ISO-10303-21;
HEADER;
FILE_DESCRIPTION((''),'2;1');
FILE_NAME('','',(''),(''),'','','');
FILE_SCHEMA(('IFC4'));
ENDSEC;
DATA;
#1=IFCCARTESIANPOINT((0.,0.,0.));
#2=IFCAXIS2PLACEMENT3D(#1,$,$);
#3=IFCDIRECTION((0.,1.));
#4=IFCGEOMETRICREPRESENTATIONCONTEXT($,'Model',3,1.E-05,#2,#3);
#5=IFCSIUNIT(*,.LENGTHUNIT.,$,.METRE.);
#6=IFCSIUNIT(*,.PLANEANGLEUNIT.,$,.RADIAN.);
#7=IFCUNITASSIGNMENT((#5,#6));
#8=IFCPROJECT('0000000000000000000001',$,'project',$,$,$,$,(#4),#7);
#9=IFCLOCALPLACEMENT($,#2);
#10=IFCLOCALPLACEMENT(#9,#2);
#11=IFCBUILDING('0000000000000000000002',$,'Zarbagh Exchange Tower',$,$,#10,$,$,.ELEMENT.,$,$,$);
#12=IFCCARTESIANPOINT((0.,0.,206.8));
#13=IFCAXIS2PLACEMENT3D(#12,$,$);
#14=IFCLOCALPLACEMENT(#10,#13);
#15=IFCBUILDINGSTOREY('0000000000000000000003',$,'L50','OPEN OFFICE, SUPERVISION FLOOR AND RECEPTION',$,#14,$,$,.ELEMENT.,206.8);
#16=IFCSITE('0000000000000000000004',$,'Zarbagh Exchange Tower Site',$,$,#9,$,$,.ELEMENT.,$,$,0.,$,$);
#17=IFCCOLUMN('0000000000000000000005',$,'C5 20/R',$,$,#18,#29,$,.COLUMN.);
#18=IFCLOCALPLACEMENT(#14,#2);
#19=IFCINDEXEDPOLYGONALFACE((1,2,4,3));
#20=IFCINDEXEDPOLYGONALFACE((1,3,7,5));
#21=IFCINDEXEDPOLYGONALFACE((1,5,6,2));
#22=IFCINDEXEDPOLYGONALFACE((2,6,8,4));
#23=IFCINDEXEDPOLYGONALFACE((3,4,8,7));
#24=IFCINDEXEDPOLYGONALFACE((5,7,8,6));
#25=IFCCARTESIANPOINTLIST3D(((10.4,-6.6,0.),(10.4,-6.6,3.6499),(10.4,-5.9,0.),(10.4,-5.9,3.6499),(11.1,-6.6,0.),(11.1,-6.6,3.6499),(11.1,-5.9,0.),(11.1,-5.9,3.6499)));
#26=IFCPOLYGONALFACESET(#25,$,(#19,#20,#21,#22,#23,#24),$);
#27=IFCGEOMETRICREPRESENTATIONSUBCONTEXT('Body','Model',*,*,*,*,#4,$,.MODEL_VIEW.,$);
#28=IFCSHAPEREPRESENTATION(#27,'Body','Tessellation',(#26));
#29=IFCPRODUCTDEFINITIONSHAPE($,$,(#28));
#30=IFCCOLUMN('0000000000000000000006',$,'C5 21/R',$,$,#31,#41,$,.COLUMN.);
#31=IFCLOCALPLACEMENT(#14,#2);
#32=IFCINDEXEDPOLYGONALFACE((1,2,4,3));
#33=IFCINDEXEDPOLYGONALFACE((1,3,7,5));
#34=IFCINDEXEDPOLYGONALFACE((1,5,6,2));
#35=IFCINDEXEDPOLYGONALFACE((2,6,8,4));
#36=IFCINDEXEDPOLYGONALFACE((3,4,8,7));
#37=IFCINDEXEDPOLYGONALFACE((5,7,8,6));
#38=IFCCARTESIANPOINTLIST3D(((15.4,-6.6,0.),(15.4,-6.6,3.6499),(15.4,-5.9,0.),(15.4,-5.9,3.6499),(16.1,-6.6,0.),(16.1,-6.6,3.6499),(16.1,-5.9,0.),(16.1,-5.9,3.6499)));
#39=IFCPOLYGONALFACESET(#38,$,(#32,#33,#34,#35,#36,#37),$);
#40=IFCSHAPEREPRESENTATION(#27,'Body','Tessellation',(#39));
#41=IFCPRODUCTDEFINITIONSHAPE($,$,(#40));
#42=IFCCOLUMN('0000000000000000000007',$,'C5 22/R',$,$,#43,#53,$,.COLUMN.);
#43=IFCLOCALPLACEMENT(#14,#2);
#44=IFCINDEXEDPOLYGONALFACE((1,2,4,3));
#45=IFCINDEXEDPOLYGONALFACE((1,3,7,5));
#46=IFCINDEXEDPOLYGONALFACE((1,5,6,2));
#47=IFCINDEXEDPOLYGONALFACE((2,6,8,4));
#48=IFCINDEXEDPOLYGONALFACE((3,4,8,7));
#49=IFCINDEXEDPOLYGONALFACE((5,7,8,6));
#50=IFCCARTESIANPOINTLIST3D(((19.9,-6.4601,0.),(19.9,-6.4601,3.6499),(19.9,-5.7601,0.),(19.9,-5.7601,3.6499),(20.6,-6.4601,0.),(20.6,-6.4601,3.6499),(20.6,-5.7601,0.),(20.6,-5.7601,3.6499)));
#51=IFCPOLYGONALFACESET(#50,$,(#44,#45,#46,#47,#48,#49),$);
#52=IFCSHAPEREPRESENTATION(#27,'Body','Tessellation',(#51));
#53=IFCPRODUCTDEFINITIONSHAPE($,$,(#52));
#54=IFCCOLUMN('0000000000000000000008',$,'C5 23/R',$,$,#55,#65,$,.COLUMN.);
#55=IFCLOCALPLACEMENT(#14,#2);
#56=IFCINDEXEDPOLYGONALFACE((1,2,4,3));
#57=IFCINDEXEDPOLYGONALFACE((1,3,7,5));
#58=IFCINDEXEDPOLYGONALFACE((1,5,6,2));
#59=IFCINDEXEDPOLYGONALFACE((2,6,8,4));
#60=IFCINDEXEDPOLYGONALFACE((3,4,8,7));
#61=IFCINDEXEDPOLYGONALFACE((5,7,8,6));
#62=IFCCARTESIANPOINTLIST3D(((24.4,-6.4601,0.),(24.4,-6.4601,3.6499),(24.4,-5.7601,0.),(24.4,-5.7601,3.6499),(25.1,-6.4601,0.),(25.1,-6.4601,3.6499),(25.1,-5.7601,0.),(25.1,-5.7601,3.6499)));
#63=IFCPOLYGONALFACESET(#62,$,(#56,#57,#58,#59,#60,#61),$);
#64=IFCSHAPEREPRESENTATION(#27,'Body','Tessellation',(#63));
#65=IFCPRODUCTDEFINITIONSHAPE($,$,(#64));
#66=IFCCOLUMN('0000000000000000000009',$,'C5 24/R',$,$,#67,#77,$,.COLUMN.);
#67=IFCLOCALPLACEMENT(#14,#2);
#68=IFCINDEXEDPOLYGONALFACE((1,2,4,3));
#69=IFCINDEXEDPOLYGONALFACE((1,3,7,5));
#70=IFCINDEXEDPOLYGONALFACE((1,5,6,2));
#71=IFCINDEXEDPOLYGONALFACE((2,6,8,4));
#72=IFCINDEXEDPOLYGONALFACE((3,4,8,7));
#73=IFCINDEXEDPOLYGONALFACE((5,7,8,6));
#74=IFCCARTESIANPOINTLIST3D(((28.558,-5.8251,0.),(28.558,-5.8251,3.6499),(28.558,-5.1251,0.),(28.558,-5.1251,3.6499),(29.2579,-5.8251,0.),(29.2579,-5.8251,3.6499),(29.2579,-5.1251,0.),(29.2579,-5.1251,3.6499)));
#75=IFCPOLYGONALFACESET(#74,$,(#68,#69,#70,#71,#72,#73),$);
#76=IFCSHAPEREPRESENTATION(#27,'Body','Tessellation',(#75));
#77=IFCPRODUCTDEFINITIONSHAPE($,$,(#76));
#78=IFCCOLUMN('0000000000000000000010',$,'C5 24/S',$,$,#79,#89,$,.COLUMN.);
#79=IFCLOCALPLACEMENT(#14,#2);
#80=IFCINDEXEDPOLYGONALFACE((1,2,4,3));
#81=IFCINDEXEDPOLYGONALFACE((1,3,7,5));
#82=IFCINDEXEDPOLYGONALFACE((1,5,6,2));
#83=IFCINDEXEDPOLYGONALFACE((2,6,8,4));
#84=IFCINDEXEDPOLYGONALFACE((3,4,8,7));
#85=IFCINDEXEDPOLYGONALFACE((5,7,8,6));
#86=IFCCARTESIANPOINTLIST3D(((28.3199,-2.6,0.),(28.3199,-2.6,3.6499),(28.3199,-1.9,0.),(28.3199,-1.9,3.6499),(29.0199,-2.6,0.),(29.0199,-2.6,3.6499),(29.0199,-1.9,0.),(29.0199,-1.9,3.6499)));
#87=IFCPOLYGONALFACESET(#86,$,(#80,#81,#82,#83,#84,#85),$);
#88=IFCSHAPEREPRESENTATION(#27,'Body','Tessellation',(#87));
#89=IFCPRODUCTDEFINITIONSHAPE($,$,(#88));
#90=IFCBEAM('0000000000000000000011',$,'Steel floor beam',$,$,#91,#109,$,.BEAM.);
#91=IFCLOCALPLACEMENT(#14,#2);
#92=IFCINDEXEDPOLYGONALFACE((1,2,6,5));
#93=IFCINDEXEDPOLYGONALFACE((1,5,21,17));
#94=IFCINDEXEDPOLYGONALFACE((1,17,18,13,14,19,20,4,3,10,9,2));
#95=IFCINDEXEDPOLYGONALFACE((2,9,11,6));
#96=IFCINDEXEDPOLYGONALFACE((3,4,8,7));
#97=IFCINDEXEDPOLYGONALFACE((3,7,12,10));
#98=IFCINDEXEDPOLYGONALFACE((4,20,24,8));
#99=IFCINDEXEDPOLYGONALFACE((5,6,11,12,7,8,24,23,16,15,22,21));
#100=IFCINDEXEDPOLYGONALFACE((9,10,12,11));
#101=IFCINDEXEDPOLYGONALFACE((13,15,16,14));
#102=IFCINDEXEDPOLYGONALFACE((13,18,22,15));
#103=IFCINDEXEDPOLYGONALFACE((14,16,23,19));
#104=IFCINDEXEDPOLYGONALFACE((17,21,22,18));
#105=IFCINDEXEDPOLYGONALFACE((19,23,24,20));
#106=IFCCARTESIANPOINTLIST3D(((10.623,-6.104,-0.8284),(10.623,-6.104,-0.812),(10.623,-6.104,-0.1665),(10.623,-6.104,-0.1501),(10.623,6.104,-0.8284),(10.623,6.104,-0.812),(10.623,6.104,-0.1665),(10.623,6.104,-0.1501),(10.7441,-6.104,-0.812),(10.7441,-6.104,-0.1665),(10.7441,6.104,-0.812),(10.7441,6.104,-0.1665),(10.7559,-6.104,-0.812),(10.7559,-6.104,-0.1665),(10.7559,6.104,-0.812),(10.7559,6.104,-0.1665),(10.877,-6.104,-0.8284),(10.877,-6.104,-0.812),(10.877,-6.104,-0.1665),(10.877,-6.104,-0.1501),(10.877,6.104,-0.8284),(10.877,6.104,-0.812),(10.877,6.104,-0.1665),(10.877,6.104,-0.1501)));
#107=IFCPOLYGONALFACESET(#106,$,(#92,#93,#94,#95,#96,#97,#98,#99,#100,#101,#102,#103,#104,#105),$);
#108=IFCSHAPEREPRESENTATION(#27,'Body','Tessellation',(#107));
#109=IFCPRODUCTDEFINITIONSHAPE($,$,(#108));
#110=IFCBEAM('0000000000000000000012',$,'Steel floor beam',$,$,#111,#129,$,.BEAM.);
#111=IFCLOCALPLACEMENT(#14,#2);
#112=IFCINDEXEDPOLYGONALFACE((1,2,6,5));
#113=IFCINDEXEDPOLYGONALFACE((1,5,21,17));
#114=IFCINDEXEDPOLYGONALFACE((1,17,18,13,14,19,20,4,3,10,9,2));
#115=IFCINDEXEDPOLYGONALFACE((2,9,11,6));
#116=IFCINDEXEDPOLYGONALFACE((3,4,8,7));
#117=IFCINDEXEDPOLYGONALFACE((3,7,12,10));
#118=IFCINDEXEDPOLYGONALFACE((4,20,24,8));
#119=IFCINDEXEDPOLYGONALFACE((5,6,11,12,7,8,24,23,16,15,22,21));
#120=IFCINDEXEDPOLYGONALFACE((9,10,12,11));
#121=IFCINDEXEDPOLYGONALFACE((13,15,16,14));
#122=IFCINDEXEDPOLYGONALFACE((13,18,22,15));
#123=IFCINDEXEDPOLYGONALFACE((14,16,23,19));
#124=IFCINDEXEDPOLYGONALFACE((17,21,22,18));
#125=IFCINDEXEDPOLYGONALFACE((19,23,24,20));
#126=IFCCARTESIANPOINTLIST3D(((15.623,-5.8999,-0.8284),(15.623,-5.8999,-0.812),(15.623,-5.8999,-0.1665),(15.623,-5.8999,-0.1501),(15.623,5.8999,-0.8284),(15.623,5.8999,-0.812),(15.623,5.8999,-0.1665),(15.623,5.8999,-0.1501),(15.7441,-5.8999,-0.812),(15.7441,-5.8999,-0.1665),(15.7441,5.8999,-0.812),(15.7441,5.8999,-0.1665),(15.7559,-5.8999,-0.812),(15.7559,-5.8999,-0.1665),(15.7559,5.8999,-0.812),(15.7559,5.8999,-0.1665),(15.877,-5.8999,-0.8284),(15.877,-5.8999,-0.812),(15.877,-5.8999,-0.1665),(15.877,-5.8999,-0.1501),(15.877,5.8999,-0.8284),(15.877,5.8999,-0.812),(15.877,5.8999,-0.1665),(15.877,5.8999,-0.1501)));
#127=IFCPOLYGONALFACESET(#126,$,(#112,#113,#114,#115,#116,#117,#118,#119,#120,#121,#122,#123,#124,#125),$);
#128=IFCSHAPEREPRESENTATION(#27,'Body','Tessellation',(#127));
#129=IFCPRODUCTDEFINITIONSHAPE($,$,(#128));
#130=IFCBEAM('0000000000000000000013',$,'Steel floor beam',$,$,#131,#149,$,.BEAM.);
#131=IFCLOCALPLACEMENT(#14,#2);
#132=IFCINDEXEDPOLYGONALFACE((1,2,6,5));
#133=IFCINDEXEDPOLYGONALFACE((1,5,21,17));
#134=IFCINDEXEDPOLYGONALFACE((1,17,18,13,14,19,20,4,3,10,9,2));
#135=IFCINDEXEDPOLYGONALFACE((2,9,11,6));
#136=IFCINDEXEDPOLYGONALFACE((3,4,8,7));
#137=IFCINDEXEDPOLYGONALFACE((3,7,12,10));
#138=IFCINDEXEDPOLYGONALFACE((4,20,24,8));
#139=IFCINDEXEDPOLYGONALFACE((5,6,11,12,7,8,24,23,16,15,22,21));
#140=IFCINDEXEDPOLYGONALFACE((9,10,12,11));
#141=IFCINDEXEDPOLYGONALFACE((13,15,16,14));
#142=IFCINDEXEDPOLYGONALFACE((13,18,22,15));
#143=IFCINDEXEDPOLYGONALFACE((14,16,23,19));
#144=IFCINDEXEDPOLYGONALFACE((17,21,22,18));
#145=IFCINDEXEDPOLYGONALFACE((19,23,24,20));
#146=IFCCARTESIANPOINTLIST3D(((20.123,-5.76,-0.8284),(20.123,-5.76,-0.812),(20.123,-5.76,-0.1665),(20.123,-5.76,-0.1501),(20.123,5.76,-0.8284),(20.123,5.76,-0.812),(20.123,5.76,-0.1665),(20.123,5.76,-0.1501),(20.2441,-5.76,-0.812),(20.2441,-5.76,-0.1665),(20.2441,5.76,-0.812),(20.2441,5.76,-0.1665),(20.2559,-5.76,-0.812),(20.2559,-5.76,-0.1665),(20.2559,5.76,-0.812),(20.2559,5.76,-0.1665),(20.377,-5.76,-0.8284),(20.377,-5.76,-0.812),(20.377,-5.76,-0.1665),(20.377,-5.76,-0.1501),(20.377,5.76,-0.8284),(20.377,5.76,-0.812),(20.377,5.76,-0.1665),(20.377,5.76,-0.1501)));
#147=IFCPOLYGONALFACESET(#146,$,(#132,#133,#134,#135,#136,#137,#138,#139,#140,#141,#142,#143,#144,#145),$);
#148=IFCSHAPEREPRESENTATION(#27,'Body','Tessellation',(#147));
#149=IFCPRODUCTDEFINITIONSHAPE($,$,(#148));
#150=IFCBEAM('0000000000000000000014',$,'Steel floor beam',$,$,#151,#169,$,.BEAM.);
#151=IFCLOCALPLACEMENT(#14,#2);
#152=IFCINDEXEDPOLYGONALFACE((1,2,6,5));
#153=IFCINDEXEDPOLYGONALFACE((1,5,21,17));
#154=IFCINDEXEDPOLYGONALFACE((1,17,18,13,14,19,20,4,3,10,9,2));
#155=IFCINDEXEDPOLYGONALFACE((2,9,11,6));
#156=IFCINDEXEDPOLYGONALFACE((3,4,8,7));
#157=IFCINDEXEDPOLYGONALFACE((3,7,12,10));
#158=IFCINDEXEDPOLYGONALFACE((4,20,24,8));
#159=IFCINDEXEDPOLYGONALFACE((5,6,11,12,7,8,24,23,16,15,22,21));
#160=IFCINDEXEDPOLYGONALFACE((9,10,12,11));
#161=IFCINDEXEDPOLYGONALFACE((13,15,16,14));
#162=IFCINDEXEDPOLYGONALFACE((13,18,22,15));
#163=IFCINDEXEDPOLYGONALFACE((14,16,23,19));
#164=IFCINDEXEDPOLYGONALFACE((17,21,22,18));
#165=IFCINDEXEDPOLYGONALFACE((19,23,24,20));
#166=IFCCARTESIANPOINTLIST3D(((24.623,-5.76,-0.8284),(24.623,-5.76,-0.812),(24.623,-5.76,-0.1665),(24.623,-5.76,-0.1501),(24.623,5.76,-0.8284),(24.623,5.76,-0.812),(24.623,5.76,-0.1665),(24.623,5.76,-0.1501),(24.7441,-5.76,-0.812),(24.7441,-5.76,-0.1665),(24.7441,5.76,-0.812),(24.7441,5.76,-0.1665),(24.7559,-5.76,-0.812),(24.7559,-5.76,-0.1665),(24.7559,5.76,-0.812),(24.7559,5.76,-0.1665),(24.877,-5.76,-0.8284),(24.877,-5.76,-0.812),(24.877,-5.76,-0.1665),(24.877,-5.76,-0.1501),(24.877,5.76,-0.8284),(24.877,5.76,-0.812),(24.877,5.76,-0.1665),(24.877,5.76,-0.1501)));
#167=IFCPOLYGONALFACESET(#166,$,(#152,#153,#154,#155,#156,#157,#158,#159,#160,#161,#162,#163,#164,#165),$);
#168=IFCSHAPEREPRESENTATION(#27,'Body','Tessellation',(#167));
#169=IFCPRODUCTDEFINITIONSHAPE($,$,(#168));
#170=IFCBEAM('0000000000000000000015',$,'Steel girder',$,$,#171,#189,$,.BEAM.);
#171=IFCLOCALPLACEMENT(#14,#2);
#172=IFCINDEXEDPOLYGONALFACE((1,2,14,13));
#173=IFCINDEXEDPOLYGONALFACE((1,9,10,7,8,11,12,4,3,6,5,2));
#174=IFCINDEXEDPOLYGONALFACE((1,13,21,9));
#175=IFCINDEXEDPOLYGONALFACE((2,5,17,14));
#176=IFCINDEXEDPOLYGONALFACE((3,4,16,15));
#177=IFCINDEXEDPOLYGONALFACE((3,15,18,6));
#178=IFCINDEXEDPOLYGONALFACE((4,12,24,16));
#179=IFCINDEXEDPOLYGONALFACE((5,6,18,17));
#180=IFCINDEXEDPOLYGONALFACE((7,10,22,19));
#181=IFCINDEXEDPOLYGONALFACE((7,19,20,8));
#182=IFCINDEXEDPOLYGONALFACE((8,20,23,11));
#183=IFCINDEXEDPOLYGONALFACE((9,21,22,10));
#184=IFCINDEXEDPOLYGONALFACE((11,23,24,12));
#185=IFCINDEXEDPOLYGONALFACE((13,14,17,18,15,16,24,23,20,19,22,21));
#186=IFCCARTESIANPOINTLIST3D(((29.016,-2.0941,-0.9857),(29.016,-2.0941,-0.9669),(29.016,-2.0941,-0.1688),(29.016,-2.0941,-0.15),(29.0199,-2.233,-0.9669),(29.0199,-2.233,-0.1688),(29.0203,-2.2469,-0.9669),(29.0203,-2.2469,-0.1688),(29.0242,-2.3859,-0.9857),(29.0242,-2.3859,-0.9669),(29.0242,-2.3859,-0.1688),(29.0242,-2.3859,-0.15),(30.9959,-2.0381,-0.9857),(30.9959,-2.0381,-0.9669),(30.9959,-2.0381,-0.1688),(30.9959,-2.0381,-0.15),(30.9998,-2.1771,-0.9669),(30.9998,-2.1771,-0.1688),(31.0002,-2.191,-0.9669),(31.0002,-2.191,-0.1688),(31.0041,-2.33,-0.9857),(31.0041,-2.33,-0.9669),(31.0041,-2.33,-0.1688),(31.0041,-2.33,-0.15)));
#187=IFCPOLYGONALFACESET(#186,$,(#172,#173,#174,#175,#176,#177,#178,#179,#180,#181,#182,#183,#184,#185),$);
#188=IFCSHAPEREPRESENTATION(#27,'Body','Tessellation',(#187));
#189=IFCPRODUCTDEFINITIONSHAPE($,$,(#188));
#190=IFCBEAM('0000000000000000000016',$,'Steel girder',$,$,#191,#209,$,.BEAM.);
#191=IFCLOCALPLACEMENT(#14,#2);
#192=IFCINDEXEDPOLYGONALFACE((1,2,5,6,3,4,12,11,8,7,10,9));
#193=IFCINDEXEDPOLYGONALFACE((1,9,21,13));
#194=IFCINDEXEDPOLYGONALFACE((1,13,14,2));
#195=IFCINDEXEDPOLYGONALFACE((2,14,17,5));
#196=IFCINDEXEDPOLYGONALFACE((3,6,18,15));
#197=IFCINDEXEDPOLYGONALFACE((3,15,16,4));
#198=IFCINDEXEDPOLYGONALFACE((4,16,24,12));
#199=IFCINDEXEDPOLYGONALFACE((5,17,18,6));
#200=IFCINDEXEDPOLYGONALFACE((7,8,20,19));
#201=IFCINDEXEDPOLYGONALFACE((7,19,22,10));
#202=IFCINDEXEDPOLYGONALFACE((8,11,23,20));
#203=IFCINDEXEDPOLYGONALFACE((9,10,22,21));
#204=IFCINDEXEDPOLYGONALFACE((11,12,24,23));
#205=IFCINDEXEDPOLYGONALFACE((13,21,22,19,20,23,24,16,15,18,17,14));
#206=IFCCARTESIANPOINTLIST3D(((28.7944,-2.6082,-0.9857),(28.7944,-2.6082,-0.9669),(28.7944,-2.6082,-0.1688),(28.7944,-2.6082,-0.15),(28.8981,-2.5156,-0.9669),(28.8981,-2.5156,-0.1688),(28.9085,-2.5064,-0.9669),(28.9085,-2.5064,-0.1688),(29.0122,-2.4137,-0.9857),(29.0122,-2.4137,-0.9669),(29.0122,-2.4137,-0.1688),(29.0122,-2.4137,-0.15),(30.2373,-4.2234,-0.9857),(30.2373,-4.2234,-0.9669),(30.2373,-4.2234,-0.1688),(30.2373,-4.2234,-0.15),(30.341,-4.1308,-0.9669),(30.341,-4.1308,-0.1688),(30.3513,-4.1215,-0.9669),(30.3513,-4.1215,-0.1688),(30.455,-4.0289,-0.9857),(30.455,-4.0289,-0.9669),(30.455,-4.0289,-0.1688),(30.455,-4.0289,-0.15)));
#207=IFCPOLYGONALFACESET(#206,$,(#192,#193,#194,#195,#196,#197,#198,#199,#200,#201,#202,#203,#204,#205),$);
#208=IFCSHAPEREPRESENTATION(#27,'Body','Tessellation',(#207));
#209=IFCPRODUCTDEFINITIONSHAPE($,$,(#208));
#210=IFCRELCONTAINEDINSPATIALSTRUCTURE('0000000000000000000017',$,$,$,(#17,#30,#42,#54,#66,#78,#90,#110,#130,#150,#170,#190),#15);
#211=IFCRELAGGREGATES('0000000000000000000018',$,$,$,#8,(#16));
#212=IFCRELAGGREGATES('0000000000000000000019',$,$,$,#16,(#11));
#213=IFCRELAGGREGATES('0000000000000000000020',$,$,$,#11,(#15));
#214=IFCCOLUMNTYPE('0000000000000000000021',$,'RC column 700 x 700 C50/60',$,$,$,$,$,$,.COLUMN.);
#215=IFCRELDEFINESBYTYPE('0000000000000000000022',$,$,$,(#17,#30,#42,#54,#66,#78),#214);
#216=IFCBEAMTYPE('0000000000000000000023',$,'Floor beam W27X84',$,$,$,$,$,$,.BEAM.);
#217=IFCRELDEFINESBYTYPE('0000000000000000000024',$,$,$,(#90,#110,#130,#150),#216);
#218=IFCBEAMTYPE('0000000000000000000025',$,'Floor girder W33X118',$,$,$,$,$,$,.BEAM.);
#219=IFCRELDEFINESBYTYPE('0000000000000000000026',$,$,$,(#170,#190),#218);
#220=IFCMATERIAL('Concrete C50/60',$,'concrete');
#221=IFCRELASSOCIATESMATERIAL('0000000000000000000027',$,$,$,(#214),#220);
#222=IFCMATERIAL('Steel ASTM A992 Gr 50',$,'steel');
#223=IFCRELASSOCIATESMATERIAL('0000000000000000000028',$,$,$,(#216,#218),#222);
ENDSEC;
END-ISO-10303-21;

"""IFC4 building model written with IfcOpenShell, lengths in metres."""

from ifc_helpers import new_model, si_unit, direction, frame, origin, origin_2d, place, context, subcontext, project, spatial, rectangle, i_section, extrude, material, material_profile, profile_set, type_object, element, save


model = new_model("IFC4")

# Units and contexts
model_context = context("Model", 3, precision=1e-05, world=origin(), true_north=direction((0.0, 1.0)))
body_context = subcontext(model_context, "Body", "Model", "MODEL_VIEW")
ifc_project = project(units=[si_unit("LENGTHUNIT", "METRE"), si_unit("PLANEANGLEUNIT", "RADIAN")], contexts=[model_context])

# Site, building, storey
site_placement = place(None, origin())
site = spatial("IfcSite", under=ifc_project, at=site_placement, Name="Zarbagh Exchange Tower Site", CompositionType="ELEMENT", RefElevation=0.0)
building_placement = place(site_placement, origin())
building = spatial("IfcBuilding", under=site, at=building_placement, Name="Zarbagh Exchange Tower", CompositionType="ELEMENT")
storey_placement = place(building_placement, frame((0.0, 0.0, 206.8)))
storey = spatial("IfcBuildingStorey", under=building, at=storey_placement, Name="L50", Description="OPEN OFFICE, SUPERVISION FLOOR AND RECEPTION", CompositionType="ELEMENT", Elevation=206.8)

# Columns
ifc_material_1 = material(Name="Concrete C50/60", Category="concrete")
ifc_material_profile_1 = material_profile(ifc_material_1, rectangle(XDim=0.7, YDim=0.7, at=origin_2d()), Name="RC column 700 x 700 C50/60")
ifc_profile_set_1 = profile_set([ifc_material_profile_1], Name="Concrete C50/60")
column_type = type_object("IfcColumnType", Name="RC column 700 x 700 C50/60", PredefinedType="COLUMN", material=ifc_profile_set_1)
for number, where, z_axis, x_axis, name in (
    (1, (10.75, -6.25, 0.0), (0.0, 0.0, 1.0), (1.0, 0.0, 0.0), "C5 20/R"),
    (2, (15.75, -6.25, 0.0), (0.0, 0.0, 1.0), (1.0, 0.0, 0.0), "C5 21/R"),
    (3, (20.25, -6.1101, 0.0), (0.0, 0.0, 1.0), (1.0, 0.0, 0.0), "C5 22/R"),
    (4, (24.75, -6.1101, 0.0), (0.0, 0.0, 1.0), (1.0, 0.0, 0.0), "C5 23/R"),
    (5, (28.908, -5.4751, 0.0), (0.0, 0.0, 1.0), (1.0, 0.0, 0.0), "C5 24/R"),
    (6, (28.6699, -2.25, 0.0), (0.0, 0.0, 1.0), (1.0, 0.0, 0.0), "C5 24/S"),
):
    element("IfcColumn", number, at=place(storey_placement, frame(where, z_axis=z_axis, x_axis=x_axis)), inside=storey, type_object=column_type, Name=name, PredefinedType="COLUMN", context=body_context, shape_type="SweptSolid", body=[
        extrude(rectangle(XDim=0.7, YDim=0.7, at=origin_2d()), origin(), (0.0, 0.0, 1.0), 3.6499),
    ])

# Beams
ifc_material_2 = material(Name="Steel ASTM A992 Gr 50", Category="steel")
ifc_material_profile_2 = material_profile(ifc_material_2, i_section(OverallWidth=0.2539, OverallDepth=0.6782, WebThickness=0.0117, FlangeThickness=0.0164, at=origin_2d()), Name="W27X84")
ifc_profile_set_2 = profile_set([ifc_material_profile_2], Name="Steel ASTM A992 Gr 50")
beam_type_1 = type_object("IfcBeamType", Name="Floor beam W27X84", PredefinedType="BEAM", material=ifc_profile_set_2)
beam_1_placement = place(storey_placement, frame((10.75, -6.104, -0.4893), z_axis=(0.0, 1.0, 0.0), x_axis=(-1.0, 0.0, 0.0)))
element("IfcBeam", 7, at=beam_1_placement, inside=storey, type_object=beam_type_1, Name="Steel floor beam", PredefinedType="BEAM", context=body_context, shape_type="SweptSolid", body=[
    extrude(i_section(OverallWidth=0.2539, OverallDepth=0.6782, WebThickness=0.0117, FlangeThickness=0.0164, at=origin_2d()), origin(), (0.0, 0.0, 1.0), 12.208),
])
beam_2_placement = place(storey_placement, frame((15.75, -5.8999, -0.4893), z_axis=(0.0, 1.0, 0.0), x_axis=(-1.0, 0.0, 0.0)))
element("IfcBeam", 8, at=beam_2_placement, inside=storey, type_object=beam_type_1, Name="Steel floor beam", PredefinedType="BEAM", context=body_context, shape_type="SweptSolid", body=[
    extrude(i_section(OverallWidth=0.2539, OverallDepth=0.6782, WebThickness=0.0117, FlangeThickness=0.0164, at=origin_2d()), origin(), (0.0, 0.0, 1.0), 11.7998),
])
for number, where, z_axis, x_axis, name in (
    (9, (20.25, -5.76, -0.4893), (0.0, 1.0, 0.0), (-1.0, 0.0, 0.0), "Steel floor beam"),
    (10, (24.75, -5.76, -0.4893), (0.0, 1.0, 0.0), (-1.0, 0.0, 0.0), "Steel floor beam"),
):
    element("IfcBeam", number, at=place(storey_placement, frame(where, z_axis=z_axis, x_axis=x_axis)), inside=storey, type_object=beam_type_1, Name=name, PredefinedType="BEAM", context=body_context, shape_type="SweptSolid", body=[
        extrude(i_section(OverallWidth=0.2539, OverallDepth=0.6782, WebThickness=0.0117, FlangeThickness=0.0164, at=origin_2d()), origin(), (0.0, 0.0, 1.0), 11.52),
    ])
ifc_material_profile_3 = material_profile(ifc_material_2, i_section(OverallWidth=0.292, OverallDepth=0.8357, WebThickness=0.0139, FlangeThickness=0.0188, at=origin_2d()), Name="W33X118")
ifc_profile_set_3 = profile_set([ifc_material_profile_3], Name="Steel ASTM A992 Gr 50")
beam_type_2 = type_object("IfcBeamType", Name="Floor girder W33X118", PredefinedType="BEAM", material=ifc_profile_set_3)
beam_3_placement = place(storey_placement, frame((31.0, -2.1841, -0.5679), z_axis=(-0.999602, -0.028225, 0.0), x_axis=(0.028225, -0.999602, 0.0)))
element("IfcBeam", 11, at=beam_3_placement, inside=storey, type_object=beam_type_2, Name="Steel girder", PredefinedType="BEAM", context=body_context, shape_type="SweptSolid", body=[
    extrude(i_section(OverallWidth=0.292, OverallDepth=0.8357, WebThickness=0.0139, FlangeThickness=0.0188, at=origin_2d()), origin(), (0.0, 0.0, 1.0), 1.9807),
])
beam_4_placement = place(storey_placement, frame((28.9033, -2.511, -0.5679), z_axis=(0.666195, -0.745778, 0.0), x_axis=(0.745778, 0.666195, 0.0)))
element("IfcBeam", 12, at=beam_4_placement, inside=storey, type_object=beam_type_2, Name="Steel girder", PredefinedType="BEAM", context=body_context, shape_type="SweptSolid", body=[
    extrude(i_section(OverallWidth=0.292, OverallDepth=0.8357, WebThickness=0.0139, FlangeThickness=0.0188, at=origin_2d()), origin(), (0.0, 0.0, 1.0), 2.1658),
])

save(model, "model.ifc")
